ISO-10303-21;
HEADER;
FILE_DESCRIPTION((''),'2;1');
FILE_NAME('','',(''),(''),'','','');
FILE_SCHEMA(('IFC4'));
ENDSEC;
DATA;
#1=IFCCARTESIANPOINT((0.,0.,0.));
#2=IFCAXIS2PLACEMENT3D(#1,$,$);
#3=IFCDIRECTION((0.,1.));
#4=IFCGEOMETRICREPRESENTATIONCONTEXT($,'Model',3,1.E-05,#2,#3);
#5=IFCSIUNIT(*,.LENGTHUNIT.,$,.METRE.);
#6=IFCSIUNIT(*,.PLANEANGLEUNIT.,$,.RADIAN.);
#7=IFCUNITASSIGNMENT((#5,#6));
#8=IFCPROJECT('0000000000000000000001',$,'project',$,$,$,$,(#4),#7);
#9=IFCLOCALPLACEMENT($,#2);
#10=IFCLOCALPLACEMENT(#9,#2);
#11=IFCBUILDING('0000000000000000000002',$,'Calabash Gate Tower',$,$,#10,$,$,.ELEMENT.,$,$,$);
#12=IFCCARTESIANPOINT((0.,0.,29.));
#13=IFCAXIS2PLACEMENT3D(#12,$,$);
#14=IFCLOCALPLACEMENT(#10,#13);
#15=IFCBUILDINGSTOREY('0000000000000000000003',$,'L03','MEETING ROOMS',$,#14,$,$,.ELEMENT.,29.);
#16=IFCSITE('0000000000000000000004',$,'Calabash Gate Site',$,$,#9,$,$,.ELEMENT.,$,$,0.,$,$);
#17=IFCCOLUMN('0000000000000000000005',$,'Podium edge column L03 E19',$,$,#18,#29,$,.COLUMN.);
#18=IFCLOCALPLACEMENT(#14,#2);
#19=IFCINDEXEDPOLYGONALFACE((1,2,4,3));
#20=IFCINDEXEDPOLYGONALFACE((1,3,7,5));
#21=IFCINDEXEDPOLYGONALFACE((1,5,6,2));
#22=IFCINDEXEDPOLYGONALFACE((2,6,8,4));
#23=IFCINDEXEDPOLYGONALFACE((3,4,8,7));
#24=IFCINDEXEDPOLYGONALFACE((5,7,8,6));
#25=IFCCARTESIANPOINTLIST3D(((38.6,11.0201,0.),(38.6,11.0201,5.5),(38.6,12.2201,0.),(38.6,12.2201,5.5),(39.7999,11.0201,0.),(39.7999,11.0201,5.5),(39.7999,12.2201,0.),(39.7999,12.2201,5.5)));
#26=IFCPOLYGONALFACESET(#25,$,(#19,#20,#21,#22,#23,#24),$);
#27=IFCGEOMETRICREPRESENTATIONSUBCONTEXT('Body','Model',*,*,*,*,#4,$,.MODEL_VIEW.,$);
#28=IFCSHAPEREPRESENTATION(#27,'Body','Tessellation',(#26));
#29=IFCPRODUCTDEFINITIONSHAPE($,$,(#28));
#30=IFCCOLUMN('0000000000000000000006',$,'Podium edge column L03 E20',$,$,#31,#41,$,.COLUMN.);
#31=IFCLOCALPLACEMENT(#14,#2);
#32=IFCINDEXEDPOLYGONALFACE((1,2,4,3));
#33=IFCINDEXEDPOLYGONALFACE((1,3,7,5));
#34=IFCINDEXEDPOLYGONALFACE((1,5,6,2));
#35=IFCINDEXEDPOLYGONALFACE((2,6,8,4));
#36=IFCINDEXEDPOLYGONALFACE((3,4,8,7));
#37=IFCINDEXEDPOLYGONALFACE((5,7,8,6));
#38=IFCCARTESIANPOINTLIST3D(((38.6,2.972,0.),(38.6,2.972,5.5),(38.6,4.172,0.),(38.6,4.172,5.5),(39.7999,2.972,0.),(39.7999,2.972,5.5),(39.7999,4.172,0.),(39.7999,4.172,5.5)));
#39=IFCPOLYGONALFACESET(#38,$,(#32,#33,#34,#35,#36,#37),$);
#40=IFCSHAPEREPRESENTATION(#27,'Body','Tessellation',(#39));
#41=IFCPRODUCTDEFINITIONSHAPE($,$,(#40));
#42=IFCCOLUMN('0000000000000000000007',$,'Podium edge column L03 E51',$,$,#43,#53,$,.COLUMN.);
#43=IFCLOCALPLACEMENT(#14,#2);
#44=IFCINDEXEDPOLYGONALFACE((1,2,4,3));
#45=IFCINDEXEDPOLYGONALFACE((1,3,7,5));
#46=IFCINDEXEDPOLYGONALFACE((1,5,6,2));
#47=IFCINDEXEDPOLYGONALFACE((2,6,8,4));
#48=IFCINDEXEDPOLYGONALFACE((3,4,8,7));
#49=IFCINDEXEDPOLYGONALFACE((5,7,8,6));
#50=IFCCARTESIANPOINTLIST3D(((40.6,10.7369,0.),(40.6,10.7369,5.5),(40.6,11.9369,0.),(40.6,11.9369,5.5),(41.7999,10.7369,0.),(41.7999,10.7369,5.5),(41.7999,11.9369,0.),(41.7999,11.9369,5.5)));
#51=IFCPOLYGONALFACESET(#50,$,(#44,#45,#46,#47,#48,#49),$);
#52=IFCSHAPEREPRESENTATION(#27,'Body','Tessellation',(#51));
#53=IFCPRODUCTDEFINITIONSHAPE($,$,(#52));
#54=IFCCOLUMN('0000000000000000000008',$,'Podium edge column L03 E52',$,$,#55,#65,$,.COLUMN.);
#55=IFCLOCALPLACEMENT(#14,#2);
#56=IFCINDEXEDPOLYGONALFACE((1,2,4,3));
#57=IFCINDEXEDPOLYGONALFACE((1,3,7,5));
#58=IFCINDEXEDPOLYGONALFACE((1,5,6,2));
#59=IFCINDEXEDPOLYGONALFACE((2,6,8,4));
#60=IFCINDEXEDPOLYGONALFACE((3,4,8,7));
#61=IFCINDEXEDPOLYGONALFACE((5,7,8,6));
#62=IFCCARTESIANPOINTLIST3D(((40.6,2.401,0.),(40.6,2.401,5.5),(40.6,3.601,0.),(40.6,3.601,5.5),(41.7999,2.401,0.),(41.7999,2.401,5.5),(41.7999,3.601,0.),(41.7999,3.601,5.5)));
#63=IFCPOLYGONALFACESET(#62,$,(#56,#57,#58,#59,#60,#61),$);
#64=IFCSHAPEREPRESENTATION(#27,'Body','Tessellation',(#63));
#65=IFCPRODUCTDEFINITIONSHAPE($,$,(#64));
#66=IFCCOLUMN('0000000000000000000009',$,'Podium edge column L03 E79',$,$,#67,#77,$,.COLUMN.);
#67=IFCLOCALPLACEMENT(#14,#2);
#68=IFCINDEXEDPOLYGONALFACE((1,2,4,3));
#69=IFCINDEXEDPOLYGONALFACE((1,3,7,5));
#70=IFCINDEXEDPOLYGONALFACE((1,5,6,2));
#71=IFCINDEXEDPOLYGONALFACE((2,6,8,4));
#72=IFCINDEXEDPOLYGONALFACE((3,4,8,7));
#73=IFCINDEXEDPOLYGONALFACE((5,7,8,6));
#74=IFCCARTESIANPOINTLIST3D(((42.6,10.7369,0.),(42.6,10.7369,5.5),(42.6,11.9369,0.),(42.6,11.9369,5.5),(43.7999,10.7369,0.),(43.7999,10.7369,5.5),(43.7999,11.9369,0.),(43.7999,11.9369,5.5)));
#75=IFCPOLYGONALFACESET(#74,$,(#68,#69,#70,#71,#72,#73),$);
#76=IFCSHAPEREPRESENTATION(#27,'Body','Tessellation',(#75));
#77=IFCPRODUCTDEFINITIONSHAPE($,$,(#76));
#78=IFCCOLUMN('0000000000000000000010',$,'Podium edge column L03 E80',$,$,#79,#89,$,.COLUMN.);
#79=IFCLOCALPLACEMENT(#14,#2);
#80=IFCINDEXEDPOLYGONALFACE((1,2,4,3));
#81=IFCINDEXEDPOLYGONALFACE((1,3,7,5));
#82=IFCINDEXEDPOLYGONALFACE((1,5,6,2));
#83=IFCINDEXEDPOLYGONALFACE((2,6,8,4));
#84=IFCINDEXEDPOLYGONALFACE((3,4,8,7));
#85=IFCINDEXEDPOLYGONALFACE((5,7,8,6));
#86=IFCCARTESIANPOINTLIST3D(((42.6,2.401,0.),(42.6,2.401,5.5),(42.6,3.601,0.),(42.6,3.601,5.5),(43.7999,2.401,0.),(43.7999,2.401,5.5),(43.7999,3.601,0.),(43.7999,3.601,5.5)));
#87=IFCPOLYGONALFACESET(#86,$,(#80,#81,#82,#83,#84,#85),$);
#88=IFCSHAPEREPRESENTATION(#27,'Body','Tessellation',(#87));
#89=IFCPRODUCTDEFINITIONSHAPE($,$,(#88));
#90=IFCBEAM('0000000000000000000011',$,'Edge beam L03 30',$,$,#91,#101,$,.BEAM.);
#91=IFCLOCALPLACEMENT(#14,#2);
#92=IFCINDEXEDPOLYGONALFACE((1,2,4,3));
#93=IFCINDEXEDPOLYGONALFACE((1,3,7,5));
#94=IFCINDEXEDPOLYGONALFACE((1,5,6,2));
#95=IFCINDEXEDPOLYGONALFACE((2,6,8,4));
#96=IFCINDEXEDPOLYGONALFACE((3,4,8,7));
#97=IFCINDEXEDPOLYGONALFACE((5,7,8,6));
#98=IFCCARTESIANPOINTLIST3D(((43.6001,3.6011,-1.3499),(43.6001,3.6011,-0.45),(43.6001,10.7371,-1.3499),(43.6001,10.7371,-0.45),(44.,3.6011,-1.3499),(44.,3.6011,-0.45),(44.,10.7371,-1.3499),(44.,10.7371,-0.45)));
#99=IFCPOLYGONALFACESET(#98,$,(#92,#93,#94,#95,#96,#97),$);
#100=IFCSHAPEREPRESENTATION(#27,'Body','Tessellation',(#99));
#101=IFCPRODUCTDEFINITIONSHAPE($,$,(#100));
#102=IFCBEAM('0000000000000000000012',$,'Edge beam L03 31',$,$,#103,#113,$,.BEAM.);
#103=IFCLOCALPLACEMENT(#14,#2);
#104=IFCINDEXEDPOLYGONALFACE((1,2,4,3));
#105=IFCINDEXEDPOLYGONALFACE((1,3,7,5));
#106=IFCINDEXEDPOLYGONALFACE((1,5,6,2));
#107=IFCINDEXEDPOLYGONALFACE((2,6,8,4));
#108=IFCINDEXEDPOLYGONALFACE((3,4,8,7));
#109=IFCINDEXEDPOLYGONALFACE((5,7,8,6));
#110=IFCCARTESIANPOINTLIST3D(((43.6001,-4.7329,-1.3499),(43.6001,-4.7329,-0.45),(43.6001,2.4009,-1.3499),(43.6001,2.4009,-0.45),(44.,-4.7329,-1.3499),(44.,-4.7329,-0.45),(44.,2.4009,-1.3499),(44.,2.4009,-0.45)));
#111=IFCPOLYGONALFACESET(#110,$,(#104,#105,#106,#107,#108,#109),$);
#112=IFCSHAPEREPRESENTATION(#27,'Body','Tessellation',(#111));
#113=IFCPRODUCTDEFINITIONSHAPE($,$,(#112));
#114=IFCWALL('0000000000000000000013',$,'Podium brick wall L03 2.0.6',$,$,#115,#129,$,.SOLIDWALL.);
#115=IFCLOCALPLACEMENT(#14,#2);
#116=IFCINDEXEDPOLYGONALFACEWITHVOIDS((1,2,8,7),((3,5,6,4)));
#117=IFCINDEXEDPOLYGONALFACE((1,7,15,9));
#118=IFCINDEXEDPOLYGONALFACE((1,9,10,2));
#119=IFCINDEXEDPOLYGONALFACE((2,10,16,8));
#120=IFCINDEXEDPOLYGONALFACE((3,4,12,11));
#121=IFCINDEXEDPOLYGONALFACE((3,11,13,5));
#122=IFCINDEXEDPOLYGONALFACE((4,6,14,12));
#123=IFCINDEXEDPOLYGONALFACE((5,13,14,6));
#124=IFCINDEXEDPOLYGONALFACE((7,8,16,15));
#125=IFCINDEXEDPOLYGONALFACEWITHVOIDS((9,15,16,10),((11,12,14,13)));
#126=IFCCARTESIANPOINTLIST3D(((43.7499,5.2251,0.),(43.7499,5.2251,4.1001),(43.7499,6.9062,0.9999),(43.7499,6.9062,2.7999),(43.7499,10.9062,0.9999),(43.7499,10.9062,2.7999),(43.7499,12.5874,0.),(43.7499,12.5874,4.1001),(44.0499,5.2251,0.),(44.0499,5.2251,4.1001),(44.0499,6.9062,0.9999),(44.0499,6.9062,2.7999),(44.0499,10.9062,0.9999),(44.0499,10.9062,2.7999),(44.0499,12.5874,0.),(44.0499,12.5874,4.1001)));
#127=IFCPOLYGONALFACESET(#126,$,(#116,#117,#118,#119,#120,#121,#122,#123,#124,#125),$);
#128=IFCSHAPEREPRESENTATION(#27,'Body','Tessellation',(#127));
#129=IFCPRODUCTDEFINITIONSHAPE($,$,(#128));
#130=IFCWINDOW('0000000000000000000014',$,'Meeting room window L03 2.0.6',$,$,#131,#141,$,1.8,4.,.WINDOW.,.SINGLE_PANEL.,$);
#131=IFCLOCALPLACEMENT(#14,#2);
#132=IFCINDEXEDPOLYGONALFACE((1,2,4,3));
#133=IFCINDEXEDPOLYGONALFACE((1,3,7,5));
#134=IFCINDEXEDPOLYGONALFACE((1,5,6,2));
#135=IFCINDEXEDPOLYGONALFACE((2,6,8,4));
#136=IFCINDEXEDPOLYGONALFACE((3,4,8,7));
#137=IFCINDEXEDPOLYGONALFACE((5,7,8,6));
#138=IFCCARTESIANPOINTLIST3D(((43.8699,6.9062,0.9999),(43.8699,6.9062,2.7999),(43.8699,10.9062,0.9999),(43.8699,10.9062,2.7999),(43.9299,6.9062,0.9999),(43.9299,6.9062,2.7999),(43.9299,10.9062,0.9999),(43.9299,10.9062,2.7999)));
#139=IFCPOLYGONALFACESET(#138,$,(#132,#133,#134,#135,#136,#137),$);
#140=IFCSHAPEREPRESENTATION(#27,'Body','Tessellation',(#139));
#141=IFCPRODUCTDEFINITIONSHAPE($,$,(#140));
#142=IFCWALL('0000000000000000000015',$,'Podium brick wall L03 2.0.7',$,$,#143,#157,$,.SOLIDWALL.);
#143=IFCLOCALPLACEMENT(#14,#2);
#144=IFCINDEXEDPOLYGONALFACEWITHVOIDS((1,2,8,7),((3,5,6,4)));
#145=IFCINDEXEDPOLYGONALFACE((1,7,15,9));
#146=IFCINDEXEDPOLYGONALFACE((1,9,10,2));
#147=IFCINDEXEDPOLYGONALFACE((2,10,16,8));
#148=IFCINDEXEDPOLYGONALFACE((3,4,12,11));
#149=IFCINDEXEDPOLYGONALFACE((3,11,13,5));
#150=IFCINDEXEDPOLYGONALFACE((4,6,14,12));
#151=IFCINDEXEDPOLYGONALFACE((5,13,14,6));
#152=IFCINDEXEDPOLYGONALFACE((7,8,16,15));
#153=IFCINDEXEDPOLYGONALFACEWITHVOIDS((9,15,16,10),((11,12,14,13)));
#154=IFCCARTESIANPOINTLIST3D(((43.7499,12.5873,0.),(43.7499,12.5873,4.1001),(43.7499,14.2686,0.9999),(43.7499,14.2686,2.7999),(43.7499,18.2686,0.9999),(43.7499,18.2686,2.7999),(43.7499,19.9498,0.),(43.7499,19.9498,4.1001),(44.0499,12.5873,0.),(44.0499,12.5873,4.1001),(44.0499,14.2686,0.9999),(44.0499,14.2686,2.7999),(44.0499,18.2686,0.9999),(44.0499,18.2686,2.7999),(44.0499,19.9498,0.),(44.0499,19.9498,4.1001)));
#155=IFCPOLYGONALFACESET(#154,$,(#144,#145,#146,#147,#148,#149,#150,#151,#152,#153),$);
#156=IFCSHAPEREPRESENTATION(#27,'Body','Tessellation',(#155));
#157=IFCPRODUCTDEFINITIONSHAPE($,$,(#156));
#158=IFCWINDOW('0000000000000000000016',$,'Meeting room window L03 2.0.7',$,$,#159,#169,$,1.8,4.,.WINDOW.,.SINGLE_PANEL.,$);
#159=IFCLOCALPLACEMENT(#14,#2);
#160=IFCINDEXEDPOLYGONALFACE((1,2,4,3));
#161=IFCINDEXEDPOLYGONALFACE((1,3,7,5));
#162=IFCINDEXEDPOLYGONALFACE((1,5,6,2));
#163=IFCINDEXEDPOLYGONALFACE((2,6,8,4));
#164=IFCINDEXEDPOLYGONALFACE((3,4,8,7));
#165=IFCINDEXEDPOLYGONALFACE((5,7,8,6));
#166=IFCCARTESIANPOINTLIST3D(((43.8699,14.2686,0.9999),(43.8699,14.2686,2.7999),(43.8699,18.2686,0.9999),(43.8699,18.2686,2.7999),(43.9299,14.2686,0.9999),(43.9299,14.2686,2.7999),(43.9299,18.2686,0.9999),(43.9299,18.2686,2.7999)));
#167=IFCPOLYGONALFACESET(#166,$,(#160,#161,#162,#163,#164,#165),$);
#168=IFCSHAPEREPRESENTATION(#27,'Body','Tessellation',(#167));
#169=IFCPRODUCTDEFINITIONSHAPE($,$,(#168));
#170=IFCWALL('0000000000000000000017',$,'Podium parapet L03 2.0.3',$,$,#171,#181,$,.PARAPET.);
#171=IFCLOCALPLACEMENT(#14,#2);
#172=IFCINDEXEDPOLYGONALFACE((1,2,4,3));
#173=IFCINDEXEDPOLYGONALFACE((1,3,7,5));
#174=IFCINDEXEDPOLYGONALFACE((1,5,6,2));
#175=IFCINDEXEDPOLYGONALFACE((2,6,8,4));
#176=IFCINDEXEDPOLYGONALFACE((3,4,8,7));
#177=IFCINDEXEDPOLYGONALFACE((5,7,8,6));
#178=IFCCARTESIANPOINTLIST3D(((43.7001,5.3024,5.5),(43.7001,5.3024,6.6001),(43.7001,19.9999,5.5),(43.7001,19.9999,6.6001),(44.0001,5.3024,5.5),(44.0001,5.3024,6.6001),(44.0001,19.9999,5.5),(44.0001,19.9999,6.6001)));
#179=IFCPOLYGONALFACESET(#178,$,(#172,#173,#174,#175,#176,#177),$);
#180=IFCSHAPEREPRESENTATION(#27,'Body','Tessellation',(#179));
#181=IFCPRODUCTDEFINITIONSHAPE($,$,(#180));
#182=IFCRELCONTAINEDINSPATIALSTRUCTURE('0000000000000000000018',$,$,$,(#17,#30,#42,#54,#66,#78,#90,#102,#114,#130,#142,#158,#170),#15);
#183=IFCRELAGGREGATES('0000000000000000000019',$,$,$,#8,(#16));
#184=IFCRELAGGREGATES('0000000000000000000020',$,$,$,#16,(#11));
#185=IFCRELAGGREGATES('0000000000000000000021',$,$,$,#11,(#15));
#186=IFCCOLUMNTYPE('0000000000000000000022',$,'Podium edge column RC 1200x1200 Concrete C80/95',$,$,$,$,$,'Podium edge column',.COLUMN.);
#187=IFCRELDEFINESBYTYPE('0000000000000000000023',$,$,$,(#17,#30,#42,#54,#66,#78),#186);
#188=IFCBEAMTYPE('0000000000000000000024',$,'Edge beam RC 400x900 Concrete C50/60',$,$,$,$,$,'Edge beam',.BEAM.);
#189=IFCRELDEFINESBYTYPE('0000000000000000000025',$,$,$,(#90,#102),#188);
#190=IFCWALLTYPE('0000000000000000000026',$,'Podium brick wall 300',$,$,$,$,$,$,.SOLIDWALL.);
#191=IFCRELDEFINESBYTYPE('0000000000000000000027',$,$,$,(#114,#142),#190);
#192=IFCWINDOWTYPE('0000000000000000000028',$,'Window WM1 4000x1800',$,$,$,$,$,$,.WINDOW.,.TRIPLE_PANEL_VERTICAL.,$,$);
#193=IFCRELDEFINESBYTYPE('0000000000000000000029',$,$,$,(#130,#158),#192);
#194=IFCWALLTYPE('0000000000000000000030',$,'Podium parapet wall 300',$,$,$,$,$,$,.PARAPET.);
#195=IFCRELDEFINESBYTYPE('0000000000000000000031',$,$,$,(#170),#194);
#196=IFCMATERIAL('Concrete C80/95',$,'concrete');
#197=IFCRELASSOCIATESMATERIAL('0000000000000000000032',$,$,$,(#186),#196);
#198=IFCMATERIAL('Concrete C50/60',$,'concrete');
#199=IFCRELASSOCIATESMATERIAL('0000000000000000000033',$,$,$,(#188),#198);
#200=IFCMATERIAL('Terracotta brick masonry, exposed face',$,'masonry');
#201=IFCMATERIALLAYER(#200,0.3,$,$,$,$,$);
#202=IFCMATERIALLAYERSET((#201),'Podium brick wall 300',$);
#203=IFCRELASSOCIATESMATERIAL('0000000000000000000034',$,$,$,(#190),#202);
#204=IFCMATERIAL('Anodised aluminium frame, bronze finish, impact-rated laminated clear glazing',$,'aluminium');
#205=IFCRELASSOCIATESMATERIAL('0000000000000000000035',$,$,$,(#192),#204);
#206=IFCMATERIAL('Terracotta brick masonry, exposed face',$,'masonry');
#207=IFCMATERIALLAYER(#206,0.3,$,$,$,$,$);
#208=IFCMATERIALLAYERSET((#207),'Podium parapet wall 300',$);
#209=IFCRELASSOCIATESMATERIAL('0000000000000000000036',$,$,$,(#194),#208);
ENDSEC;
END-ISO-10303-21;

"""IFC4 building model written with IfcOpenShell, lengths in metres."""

from ifc_helpers import new_model, si_unit, direction, frame, frame_2d, origin, origin_2d, place, context, subcontext, project, spatial, rectangle, extrude, material, layer, layer_set, material_profile, profile_set, type_object, element, fill, save


model = new_model("IFC4")

# Units and contexts
model_context = context("Model", 3, precision=1e-05, world=origin(), true_north=direction((0.0, 1.0)))
body_context = subcontext(model_context, "Body", "Model", "MODEL_VIEW")
ifc_project = project(units=[si_unit("LENGTHUNIT", "METRE"), si_unit("PLANEANGLEUNIT", "RADIAN")], contexts=[model_context])

# Site, building, storey
site_placement = place(None, origin())
site = spatial("IfcSite", under=ifc_project, at=site_placement, Name="Calabash Gate Site", CompositionType="ELEMENT", RefElevation=0.0)
building_placement = place(site_placement, origin())
building = spatial("IfcBuilding", under=site, at=building_placement, Name="Calabash Gate Tower", CompositionType="ELEMENT")
storey_placement = place(building_placement, frame((0.0, 0.0, 29.0)))
storey = spatial("IfcBuildingStorey", under=building, at=storey_placement, Name="L03", Description="MEETING ROOMS", CompositionType="ELEMENT", Elevation=29.0)

# Columns
ifc_material_1 = material(Name="Concrete C80/95", Category="concrete")
ifc_material_profile_1 = material_profile(ifc_material_1, rectangle(XDim=1.2, YDim=1.2, at=origin_2d()))
ifc_profile_set_1 = profile_set([ifc_material_profile_1], Name="Concrete C80/95")
column_type = type_object("IfcColumnType", Name="Podium edge column RC 1200x1200 Concrete C80/95", ElementType="Podium edge column", PredefinedType="COLUMN", material=ifc_profile_set_1)
for number, where, z_axis, x_axis, name in (
    (1, (39.2, 11.6201, 0.0), (0.0, 0.0, 1.0), (1.0, 0.0, 0.0), "Podium edge column L03 E19"),
    (2, (39.2, 3.572, 0.0), (0.0, 0.0, 1.0), (1.0, 0.0, 0.0), "Podium edge column L03 E20"),
    (3, (41.2, 11.3369, 0.0), (0.0, 0.0, 1.0), (1.0, 0.0, 0.0), "Podium edge column L03 E51"),
    (4, (41.2, 3.001, 0.0), (0.0, 0.0, 1.0), (1.0, 0.0, 0.0), "Podium edge column L03 E52"),
    (5, (43.2, 11.3369, 0.0), (0.0, 0.0, 1.0), (1.0, 0.0, 0.0), "Podium edge column L03 E79"),
    (6, (43.2, 3.001, 0.0), (0.0, 0.0, 1.0), (1.0, 0.0, 0.0), "Podium edge column L03 E80"),
):
    element("IfcColumn", number, at=place(storey_placement, frame(where, z_axis=z_axis, x_axis=x_axis)), inside=storey, type_object=column_type, Name=name, PredefinedType="COLUMN", context=body_context, shape_type="SweptSolid", body=[
        extrude(rectangle(XDim=1.2, YDim=1.2, at=origin_2d()), origin(), (0.0, 0.0, 1.0), 5.5),
    ])

# Beams
ifc_material_2 = material(Name="Concrete C50/60", Category="concrete")
ifc_material_profile_2 = material_profile(ifc_material_2, rectangle(XDim=0.3999, YDim=0.8999, at=origin_2d()))
ifc_profile_set_2 = profile_set([ifc_material_profile_2], Name="Concrete C50/60")
beam_type = type_object("IfcBeamType", Name="Edge beam RC 400x900 Concrete C50/60", ElementType="Edge beam", PredefinedType="BEAM", material=ifc_profile_set_2)
beam_1_placement = place(storey_placement, frame((43.8, 10.7371, -0.8999), z_axis=(0.0, -1.0, 0.0), x_axis=(1.0, 0.0, 0.0)))
element("IfcBeam", 7, at=beam_1_placement, inside=storey, type_object=beam_type, Name="Edge beam L03 30", PredefinedType="BEAM", context=body_context, shape_type="SweptSolid", body=[
    extrude(rectangle(XDim=0.3999, YDim=0.8999, at=origin_2d()), origin(), (0.0, 0.0, 1.0), 7.136),
])
beam_2_placement = place(storey_placement, frame((43.8, 2.4009, -0.8999), z_axis=(0.0, -1.0, 0.0), x_axis=(1.0, 0.0, 0.0)))
element("IfcBeam", 8, at=beam_2_placement, inside=storey, type_object=beam_type, Name="Edge beam L03 31", PredefinedType="BEAM", context=body_context, shape_type="SweptSolid", body=[
    extrude(rectangle(XDim=0.3999, YDim=0.8999, at=origin_2d()), origin(), (0.0, 0.0, 1.0), 7.1338),
])

# Walls, openings, windows
ifc_material_3 = material(Name="Terracotta brick masonry, exposed face", Category="masonry")
ifc_layer_1 = layer(ifc_material_3, 0.3)
ifc_layer_set_1 = layer_set([ifc_layer_1], Name="Podium brick wall 300")
wall_type_1 = type_object("IfcWallType", Name="Podium brick wall 300", PredefinedType="SOLIDWALL", material=ifc_layer_set_1)
wall_1_placement = place(storey_placement, frame((43.8999, 5.2251, 0.0), z_axis=(0.0, 0.0, 1.0), x_axis=(0.0, 1.0, 0.0)))
wall_1 = element("IfcWall", 9, at=wall_1_placement, inside=storey, type_object=wall_type_1, Name="Podium brick wall L03 2.0.6", PredefinedType="SOLIDWALL", context=body_context, shape_type="SweptSolid", body=[
    extrude(rectangle(XDim=7.3623, YDim=0.3, at=frame_2d((3.6812, 0.0))), origin(), (0.0, 0.0, 1.0), 4.1001),
])
opening_1_placement = place(wall_1_placement, frame((1.6812, 0.0, 1.0)))
opening_1 = element("IfcOpeningElement", 10, at=opening_1_placement, cuts=wall_1, PredefinedType="OPENING", context=body_context, shape_type="SweptSolid", body=[
    extrude(rectangle(XDim=4.0, YDim=1.8, at=frame_2d((2.0, 0.8999))), frame((0.0, 0.1599, 0.0), z_axis=(0.0, -1.0, 0.0), x_axis=(1.0, 0.0, 0.0)), (0.0, 0.0, 1.0), 0.3201),
])
ifc_material_4 = material(Name="Anodised aluminium frame, bronze finish, impact-rated laminated clear glazing", Category="aluminium")
window_type = type_object("IfcWindowType", Name="Window WM1 4000x1800", PartitioningType="TRIPLE_PANEL_VERTICAL", PredefinedType="WINDOW", material=ifc_material_4)
window_1_placement = place(opening_1_placement, origin())
window_1 = element("IfcWindow", 11, at=window_1_placement, inside=storey, type_object=window_type, Name="Meeting room window L03 2.0.6", OverallHeight=1.8, OverallWidth=4.0, PartitioningType="SINGLE_PANEL", PredefinedType="WINDOW", context=body_context, shape_type="SweptSolid", body=[
    extrude(rectangle(XDim=4.0, YDim=1.8, at=frame_2d((2.0, 0.8999))), frame((0.0, 0.03, 0.0), z_axis=(0.0, -1.0, 0.0), x_axis=(1.0, 0.0, 0.0)), (0.0, 0.0, 1.0), 0.0601),
])
fill(opening_1, window_1)
wall_2_placement = place(storey_placement, frame((43.8999, 12.5874, 0.0), z_axis=(0.0, 0.0, 1.0), x_axis=(0.0, 1.0, 0.0)))
wall_2 = element("IfcWall", 12, at=wall_2_placement, inside=storey, type_object=wall_type_1, Name="Podium brick wall L03 2.0.7", PredefinedType="SOLIDWALL", context=body_context, shape_type="SweptSolid", body=[
    extrude(rectangle(XDim=7.3625, YDim=0.3, at=frame_2d((3.6812, 0.0))), origin(), (0.0, 0.0, 1.0), 4.1001),
])
opening_2_placement = place(wall_2_placement, frame((1.6812, 0.0, 1.0)))
opening_2 = element("IfcOpeningElement", 13, at=opening_2_placement, cuts=wall_2, PredefinedType="OPENING", context=body_context, shape_type="SweptSolid", body=[
    extrude(rectangle(XDim=4.0, YDim=1.8, at=frame_2d((2.0, 0.8999))), frame((0.0, 0.1599, 0.0), z_axis=(0.0, -1.0, 0.0), x_axis=(1.0, 0.0, 0.0)), (0.0, 0.0, 1.0), 0.3201),
])
window_2_placement = place(opening_2_placement, origin())
window_2 = element("IfcWindow", 14, at=window_2_placement, inside=storey, type_object=window_type, Name="Meeting room window L03 2.0.7", OverallHeight=1.8, OverallWidth=4.0, PartitioningType="SINGLE_PANEL", PredefinedType="WINDOW", context=body_context, shape_type="SweptSolid", body=[
    extrude(rectangle(XDim=4.0, YDim=1.8, at=frame_2d((2.0, 0.8999))), frame((0.0, 0.03, 0.0), z_axis=(0.0, -1.0, 0.0), x_axis=(1.0, 0.0, 0.0)), (0.0, 0.0, 1.0), 0.0601),
])
fill(opening_2, window_2)

# Wall
ifc_material_5 = material(Name="Terracotta brick masonry, exposed face", Category="masonry")
ifc_layer_2 = layer(ifc_material_5, 0.3)
ifc_layer_set_2 = layer_set([ifc_layer_2], Name="Podium parapet wall 300")
wall_type_2 = type_object("IfcWallType", Name="Podium parapet wall 300", PredefinedType="PARAPET", material=ifc_layer_set_2)
wall_3_placement = place(storey_placement, frame((43.8501, 5.3025, 5.5), z_axis=(0.0, 0.0, 1.0), x_axis=(0.0, 1.0, 0.0)))
element("IfcWall", 15, at=wall_3_placement, inside=storey, type_object=wall_type_2, Name="Podium parapet L03 2.0.3", PredefinedType="PARAPET", context=body_context, shape_type="SweptSolid", body=[
    extrude(rectangle(XDim=14.6975, YDim=0.3, at=frame_2d((7.3486, 0.0))), origin(), (0.0, 0.0, 1.0), 1.1001),
])

save(model, "model.ifc")
